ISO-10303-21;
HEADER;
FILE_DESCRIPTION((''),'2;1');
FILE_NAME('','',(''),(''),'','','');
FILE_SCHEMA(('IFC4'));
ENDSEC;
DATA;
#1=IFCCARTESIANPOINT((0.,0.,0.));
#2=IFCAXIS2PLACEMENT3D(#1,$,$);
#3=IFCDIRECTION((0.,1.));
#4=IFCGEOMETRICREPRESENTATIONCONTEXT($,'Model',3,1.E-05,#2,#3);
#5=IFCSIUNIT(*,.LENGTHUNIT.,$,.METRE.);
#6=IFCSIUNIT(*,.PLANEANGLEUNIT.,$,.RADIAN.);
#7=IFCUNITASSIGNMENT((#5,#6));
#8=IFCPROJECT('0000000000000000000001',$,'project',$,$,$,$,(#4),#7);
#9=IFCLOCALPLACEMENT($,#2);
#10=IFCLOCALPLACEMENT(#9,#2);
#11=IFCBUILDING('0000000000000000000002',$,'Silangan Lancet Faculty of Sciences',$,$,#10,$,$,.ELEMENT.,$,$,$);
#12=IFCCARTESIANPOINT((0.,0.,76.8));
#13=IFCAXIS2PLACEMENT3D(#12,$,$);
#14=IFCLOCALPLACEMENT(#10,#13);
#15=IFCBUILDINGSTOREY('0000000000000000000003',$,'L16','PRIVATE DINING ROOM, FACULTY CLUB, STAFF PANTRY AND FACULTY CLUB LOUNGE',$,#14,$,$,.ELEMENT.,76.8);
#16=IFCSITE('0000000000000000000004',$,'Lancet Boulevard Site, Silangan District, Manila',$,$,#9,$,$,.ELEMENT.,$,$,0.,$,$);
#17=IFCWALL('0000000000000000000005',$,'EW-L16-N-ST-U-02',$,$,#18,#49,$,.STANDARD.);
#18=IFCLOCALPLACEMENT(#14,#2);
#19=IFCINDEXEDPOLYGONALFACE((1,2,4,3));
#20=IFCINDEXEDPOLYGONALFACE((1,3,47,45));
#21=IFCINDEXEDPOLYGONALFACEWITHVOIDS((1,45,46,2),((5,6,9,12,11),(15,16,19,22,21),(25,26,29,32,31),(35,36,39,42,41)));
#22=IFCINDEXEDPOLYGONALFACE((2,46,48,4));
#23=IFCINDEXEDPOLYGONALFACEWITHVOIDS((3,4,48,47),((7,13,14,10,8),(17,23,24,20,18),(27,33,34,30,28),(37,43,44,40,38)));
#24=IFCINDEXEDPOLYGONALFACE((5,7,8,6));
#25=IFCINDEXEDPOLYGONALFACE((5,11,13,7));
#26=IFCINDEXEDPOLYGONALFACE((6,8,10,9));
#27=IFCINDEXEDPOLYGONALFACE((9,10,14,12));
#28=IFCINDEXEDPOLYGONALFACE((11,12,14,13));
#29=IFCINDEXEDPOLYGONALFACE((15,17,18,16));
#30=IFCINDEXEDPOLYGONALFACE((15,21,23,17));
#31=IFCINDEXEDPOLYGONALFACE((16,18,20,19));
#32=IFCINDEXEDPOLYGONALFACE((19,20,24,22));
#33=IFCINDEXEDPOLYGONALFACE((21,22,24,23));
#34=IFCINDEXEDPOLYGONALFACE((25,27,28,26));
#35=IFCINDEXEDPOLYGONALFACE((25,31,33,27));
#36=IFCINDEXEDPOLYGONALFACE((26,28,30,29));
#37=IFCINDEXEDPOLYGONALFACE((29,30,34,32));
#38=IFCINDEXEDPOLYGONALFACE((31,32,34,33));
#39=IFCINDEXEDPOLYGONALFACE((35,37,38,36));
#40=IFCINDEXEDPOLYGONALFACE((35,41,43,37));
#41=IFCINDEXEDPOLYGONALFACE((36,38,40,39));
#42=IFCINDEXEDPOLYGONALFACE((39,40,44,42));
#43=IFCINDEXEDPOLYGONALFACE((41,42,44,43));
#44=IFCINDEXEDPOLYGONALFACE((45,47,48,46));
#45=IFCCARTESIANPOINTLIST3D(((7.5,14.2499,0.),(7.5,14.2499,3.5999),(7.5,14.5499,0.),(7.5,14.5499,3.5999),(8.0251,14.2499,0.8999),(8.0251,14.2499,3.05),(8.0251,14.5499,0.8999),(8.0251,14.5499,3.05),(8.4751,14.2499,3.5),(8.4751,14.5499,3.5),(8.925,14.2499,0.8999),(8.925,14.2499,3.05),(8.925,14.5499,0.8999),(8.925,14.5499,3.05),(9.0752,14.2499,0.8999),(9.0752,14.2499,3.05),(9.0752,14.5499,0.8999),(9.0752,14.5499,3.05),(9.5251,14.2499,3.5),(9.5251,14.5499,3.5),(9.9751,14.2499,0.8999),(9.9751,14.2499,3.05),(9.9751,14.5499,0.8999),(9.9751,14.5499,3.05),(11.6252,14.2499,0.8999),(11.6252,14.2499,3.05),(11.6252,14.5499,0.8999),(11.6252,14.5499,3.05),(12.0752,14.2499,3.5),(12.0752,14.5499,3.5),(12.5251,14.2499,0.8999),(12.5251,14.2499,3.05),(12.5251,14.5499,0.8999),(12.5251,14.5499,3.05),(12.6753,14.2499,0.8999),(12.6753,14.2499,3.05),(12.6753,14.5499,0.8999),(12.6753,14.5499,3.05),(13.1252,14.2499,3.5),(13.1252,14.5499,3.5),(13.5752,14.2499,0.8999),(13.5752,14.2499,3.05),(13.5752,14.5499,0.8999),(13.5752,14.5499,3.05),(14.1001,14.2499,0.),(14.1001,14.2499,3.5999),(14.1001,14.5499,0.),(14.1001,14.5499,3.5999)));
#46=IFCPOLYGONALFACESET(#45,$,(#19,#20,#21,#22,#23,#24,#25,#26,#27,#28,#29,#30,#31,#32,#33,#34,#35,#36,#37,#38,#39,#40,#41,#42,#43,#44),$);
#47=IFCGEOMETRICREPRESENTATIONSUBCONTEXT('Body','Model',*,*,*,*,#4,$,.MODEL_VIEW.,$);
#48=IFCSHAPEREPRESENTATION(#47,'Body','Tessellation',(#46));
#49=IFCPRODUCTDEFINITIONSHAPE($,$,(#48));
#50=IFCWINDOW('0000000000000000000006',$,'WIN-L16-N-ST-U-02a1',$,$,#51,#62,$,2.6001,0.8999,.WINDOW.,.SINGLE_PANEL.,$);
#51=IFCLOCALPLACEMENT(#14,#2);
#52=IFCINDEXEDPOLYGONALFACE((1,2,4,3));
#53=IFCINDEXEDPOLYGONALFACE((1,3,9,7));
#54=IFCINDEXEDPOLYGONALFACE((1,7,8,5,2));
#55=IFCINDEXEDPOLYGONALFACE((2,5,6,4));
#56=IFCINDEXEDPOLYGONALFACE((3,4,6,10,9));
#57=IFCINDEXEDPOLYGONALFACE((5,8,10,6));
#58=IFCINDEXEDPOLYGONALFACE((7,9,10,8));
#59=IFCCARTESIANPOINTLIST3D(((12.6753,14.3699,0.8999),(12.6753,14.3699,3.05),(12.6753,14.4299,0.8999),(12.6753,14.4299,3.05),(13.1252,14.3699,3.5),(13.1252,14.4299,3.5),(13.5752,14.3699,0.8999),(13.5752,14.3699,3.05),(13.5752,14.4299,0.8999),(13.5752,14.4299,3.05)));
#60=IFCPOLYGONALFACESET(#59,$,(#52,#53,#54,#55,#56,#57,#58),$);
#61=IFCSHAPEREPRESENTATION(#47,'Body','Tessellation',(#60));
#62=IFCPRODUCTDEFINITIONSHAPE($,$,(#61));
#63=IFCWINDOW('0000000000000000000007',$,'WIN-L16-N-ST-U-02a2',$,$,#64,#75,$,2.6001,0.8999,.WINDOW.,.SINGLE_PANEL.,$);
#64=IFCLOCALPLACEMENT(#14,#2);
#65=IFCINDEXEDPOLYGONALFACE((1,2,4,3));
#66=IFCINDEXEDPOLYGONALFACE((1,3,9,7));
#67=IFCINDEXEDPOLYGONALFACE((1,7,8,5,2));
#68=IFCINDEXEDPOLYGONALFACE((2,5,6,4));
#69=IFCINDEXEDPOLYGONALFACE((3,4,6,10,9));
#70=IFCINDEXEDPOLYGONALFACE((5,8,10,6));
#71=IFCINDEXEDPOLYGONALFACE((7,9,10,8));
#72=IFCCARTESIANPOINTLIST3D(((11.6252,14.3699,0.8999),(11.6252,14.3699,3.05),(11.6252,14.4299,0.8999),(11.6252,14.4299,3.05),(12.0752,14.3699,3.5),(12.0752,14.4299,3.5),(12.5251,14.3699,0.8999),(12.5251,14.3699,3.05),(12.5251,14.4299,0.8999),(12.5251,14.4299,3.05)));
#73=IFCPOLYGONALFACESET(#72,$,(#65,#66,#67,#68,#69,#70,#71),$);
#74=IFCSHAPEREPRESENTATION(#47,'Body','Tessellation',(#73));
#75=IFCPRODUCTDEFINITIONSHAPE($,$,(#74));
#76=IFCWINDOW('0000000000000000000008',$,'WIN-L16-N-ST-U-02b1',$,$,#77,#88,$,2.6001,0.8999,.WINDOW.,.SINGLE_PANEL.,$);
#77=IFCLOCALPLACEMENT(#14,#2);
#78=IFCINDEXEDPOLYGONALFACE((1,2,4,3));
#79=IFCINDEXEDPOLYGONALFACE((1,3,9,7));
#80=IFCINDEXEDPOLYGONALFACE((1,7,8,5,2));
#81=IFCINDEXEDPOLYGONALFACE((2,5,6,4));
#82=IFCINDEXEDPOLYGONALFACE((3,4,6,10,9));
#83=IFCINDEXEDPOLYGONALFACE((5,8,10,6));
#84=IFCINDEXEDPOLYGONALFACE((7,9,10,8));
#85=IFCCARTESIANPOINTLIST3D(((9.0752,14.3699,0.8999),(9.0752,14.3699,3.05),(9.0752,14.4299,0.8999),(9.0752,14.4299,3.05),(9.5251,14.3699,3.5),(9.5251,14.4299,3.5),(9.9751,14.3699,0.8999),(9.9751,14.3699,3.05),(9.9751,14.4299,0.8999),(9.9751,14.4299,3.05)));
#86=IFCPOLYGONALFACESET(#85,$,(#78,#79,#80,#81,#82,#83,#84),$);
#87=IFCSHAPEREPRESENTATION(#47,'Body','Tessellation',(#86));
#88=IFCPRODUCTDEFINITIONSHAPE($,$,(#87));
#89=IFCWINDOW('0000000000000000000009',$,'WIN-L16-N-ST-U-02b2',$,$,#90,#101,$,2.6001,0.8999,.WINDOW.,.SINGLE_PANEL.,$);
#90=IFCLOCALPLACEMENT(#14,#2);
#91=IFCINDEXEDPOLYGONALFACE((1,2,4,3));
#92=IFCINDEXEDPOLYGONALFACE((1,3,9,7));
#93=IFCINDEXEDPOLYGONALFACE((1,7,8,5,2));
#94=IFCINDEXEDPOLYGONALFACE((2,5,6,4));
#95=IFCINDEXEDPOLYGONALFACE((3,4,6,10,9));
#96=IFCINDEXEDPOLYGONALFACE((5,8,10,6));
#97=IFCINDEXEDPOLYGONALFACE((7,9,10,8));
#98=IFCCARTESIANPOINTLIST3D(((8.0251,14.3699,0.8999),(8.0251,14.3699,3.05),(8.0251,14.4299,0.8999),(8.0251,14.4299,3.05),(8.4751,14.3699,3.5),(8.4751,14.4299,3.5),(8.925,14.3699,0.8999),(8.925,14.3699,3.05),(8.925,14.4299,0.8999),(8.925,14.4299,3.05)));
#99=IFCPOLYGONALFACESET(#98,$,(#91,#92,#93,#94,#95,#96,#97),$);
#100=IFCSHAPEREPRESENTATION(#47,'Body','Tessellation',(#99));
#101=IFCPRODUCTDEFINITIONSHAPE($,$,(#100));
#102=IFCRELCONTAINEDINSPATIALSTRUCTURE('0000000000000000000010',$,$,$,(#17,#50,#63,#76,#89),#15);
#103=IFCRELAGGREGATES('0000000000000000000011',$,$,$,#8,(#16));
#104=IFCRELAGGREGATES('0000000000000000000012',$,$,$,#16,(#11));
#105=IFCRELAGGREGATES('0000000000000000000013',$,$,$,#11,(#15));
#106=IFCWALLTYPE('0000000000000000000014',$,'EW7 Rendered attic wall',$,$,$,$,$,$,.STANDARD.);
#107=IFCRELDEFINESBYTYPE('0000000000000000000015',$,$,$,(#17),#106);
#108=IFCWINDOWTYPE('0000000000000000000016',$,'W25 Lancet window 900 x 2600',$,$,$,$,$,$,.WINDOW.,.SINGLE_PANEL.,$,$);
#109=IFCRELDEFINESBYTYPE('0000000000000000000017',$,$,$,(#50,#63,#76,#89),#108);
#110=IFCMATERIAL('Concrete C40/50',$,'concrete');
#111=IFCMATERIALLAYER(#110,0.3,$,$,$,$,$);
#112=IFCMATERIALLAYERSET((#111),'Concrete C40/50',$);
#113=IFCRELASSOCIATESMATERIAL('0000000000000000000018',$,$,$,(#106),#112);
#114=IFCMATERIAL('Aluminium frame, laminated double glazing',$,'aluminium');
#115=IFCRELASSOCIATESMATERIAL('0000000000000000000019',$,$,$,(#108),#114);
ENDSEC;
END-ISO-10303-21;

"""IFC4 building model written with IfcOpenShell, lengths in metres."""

from ifc_helpers import new_model, si_unit, direction, frame, frame_2d, origin, place, context, subcontext, project, spatial, polyline, rectangle, outline, extrude, material, layer, layer_set, type_object, element, fill, save


model = new_model("IFC4")

# Units and contexts
model_context = context("Model", 3, precision=1e-05, world=origin(), true_north=direction((0.0, 1.0)))
body_context = subcontext(model_context, "Body", "Model", "MODEL_VIEW")
ifc_project = project(units=[si_unit("LENGTHUNIT", "METRE"), si_unit("PLANEANGLEUNIT", "RADIAN")], contexts=[model_context])

# Site, building, storey
site_placement = place(None, origin())
site = spatial("IfcSite", under=ifc_project, at=site_placement, Name="Lancet Boulevard Site, Silangan District, Manila", CompositionType="ELEMENT", RefElevation=0.0)
building_placement = place(site_placement, origin())
building = spatial("IfcBuilding", under=site, at=building_placement, Name="Silangan Lancet Faculty of Sciences", CompositionType="ELEMENT")
storey_placement = place(building_placement, frame((0.0, 0.0, 76.8)))
storey = spatial("IfcBuildingStorey", under=building, at=storey_placement, Name="L16", Description="PRIVATE DINING ROOM, FACULTY CLUB, STAFF PANTRY AND FACULTY CLUB LOUNGE", CompositionType="ELEMENT", Elevation=76.8)

# Wall, openings, windows
ifc_material_1 = material(Name="Concrete C40/50", Category="concrete")
ifc_layer_1 = layer(ifc_material_1, 0.3)
ifc_layer_set_1 = layer_set([ifc_layer_1], Name="Concrete C40/50")
wall_type_1 = type_object("IfcWallType", Name="EW7 Rendered attic wall", PredefinedType="STANDARD", material=ifc_layer_set_1)
ifc_material_2 = material(Name="Aluminium frame, laminated double glazing", Category="aluminium")
window_type = type_object("IfcWindowType", Name="W25 Lancet window 900 x 2600", PartitioningType="SINGLE_PANEL", PredefinedType="WINDOW", material=ifc_material_2)
wall_1_placement = place(storey_placement, frame((14.1001, 14.3999, 0.0), z_axis=(0.0, 0.0, 1.0), x_axis=(-1.0, 0.0, 0.0)))
wall_1 = element("IfcWall", 1, at=wall_1_placement, inside=storey, type_object=wall_type_1, Name="EW-L16-N-ST-U-02", PredefinedType="STANDARD", context=body_context, shape_type="SweptSolid", body=[
    extrude(rectangle(XDim=6.6001, YDim=0.3, at=frame_2d((3.3, 0.0))), origin(), (0.0, 0.0, 1.0), 3.5999),
])
opening_1_placement = place(wall_1_placement, frame((0.5249, 0.0, 0.8999)))
opening_1 = element("IfcOpeningElement", 2, at=opening_1_placement, cuts=wall_1, PredefinedType="OPENING", context=body_context, shape_type="SweptSolid", body=[
    extrude(outline(polyline([(0.0, 0.0), (0.8999, 0.0), (0.8999, 2.1501), (0.45, 2.6001), (0.0, 2.1501), (0.0, 0.0)])), frame((0.0, 0.1599, 0.0), z_axis=(0.0, -1.0, 0.0), x_axis=(1.0, 0.0, 0.0)), (0.0, 0.0, 1.0), 0.3201),
])
opening_2_placement = place(wall_1_placement, frame((1.575, 0.0, 0.8999)))
opening_2 = element("IfcOpeningElement", 3, at=opening_2_placement, cuts=wall_1, PredefinedType="OPENING", context=body_context, shape_type="SweptSolid", body=[
    extrude(outline(polyline([(0.0, 0.0), (0.8999, 0.0), (0.8999, 2.1501), (0.45, 2.6001), (0.0, 2.1501), (0.0, 0.0)])), frame((0.0, 0.1599, 0.0), z_axis=(0.0, -1.0, 0.0), x_axis=(1.0, 0.0, 0.0)), (0.0, 0.0, 1.0), 0.3201),
])
opening_3_placement = place(wall_1_placement, frame((4.125, 0.0, 0.8999)))
opening_3 = element("IfcOpeningElement", 4, at=opening_3_placement, cuts=wall_1, PredefinedType="OPENING", context=body_context, shape_type="SweptSolid", body=[
    extrude(outline(polyline([(0.0, 0.0), (0.8999, 0.0), (0.8999, 2.1501), (0.45, 2.6001), (0.0, 2.1501), (0.0, 0.0)])), frame((0.0, 0.1599, 0.0), z_axis=(0.0, -1.0, 0.0), x_axis=(1.0, 0.0, 0.0)), (0.0, 0.0, 1.0), 0.3201),
])
opening_4_placement = place(wall_1_placement, frame((5.175, 0.0, 0.8999)))
opening_4 = element("IfcOpeningElement", 5, at=opening_4_placement, cuts=wall_1, PredefinedType="OPENING", context=body_context, shape_type="SweptSolid", body=[
    extrude(outline(polyline([(0.0, 0.0), (0.8999, 0.0), (0.8999, 2.1501), (0.45, 2.6001), (0.0, 2.1501), (0.0, 0.0)])), frame((0.0, 0.1599, 0.0), z_axis=(0.0, -1.0, 0.0), x_axis=(1.0, 0.0, 0.0)), (0.0, 0.0, 1.0), 0.3201),
])
window_1_placement = place(opening_1_placement, origin())
window_1 = element("IfcWindow", 6, at=window_1_placement, inside=storey, type_object=window_type, Name="WIN-L16-N-ST-U-02a1", OverallHeight=2.6001, OverallWidth=0.8999, PartitioningType="SINGLE_PANEL", PredefinedType="WINDOW", context=body_context, shape_type="SweptSolid", body=[
    extrude(outline(polyline([(0.0, 0.0), (0.8999, 0.0), (0.8999, 2.1501), (0.45, 2.6001), (0.0, 2.1501), (0.0, 0.0)])), frame((0.0, 0.03, 0.0), z_axis=(0.0, -1.0, 0.0), x_axis=(1.0, 0.0, 0.0)), (0.0, 0.0, 1.0), 0.0601),
])
fill(opening_1, window_1)
window_2_placement = place(opening_2_placement, origin())
window_2 = element("IfcWindow", 7, at=window_2_placement, inside=storey, type_object=window_type, Name="WIN-L16-N-ST-U-02a2", OverallHeight=2.6001, OverallWidth=0.8999, PartitioningType="SINGLE_PANEL", PredefinedType="WINDOW", context=body_context, shape_type="SweptSolid", body=[
    extrude(outline(polyline([(0.0, 0.0), (0.8999, 0.0), (0.8999, 2.1501), (0.45, 2.6001), (0.0, 2.1501), (0.0, 0.0)])), frame((0.0, 0.03, 0.0), z_axis=(0.0, -1.0, 0.0), x_axis=(1.0, 0.0, 0.0)), (0.0, 0.0, 1.0), 0.0601),
])
fill(opening_2, window_2)
window_3_placement = place(opening_3_placement, origin())
window_3 = element("IfcWindow", 8, at=window_3_placement, inside=storey, type_object=window_type, Name="WIN-L16-N-ST-U-02b1", OverallHeight=2.6001, OverallWidth=0.8999, PartitioningType="SINGLE_PANEL", PredefinedType="WINDOW", context=body_context, shape_type="SweptSolid", body=[
    extrude(outline(polyline([(0.0, 0.0), (0.8999, 0.0), (0.8999, 2.1501), (0.45, 2.6001), (0.0, 2.1501), (0.0, 0.0)])), frame((0.0, 0.03, 0.0), z_axis=(0.0, -1.0, 0.0), x_axis=(1.0, 0.0, 0.0)), (0.0, 0.0, 1.0), 0.0601),
])
fill(opening_3, window_3)
window_4_placement = place(opening_4_placement, origin())
window_4 = element("IfcWindow", 9, at=window_4_placement, inside=storey, type_object=window_type, Name="WIN-L16-N-ST-U-02b2", OverallHeight=2.6001, OverallWidth=0.8999, PartitioningType="SINGLE_PANEL", PredefinedType="WINDOW", context=body_context, shape_type="SweptSolid", body=[
    extrude(outline(polyline([(0.0, 0.0), (0.8999, 0.0), (0.8999, 2.1501), (0.45, 2.6001), (0.0, 2.1501), (0.0, 0.0)])), frame((0.0, 0.03, 0.0), z_axis=(0.0, -1.0, 0.0), x_axis=(1.0, 0.0, 0.0)), (0.0, 0.0, 1.0), 0.0601),
])
fill(opening_4, window_4)

save(model, "model.ifc")
